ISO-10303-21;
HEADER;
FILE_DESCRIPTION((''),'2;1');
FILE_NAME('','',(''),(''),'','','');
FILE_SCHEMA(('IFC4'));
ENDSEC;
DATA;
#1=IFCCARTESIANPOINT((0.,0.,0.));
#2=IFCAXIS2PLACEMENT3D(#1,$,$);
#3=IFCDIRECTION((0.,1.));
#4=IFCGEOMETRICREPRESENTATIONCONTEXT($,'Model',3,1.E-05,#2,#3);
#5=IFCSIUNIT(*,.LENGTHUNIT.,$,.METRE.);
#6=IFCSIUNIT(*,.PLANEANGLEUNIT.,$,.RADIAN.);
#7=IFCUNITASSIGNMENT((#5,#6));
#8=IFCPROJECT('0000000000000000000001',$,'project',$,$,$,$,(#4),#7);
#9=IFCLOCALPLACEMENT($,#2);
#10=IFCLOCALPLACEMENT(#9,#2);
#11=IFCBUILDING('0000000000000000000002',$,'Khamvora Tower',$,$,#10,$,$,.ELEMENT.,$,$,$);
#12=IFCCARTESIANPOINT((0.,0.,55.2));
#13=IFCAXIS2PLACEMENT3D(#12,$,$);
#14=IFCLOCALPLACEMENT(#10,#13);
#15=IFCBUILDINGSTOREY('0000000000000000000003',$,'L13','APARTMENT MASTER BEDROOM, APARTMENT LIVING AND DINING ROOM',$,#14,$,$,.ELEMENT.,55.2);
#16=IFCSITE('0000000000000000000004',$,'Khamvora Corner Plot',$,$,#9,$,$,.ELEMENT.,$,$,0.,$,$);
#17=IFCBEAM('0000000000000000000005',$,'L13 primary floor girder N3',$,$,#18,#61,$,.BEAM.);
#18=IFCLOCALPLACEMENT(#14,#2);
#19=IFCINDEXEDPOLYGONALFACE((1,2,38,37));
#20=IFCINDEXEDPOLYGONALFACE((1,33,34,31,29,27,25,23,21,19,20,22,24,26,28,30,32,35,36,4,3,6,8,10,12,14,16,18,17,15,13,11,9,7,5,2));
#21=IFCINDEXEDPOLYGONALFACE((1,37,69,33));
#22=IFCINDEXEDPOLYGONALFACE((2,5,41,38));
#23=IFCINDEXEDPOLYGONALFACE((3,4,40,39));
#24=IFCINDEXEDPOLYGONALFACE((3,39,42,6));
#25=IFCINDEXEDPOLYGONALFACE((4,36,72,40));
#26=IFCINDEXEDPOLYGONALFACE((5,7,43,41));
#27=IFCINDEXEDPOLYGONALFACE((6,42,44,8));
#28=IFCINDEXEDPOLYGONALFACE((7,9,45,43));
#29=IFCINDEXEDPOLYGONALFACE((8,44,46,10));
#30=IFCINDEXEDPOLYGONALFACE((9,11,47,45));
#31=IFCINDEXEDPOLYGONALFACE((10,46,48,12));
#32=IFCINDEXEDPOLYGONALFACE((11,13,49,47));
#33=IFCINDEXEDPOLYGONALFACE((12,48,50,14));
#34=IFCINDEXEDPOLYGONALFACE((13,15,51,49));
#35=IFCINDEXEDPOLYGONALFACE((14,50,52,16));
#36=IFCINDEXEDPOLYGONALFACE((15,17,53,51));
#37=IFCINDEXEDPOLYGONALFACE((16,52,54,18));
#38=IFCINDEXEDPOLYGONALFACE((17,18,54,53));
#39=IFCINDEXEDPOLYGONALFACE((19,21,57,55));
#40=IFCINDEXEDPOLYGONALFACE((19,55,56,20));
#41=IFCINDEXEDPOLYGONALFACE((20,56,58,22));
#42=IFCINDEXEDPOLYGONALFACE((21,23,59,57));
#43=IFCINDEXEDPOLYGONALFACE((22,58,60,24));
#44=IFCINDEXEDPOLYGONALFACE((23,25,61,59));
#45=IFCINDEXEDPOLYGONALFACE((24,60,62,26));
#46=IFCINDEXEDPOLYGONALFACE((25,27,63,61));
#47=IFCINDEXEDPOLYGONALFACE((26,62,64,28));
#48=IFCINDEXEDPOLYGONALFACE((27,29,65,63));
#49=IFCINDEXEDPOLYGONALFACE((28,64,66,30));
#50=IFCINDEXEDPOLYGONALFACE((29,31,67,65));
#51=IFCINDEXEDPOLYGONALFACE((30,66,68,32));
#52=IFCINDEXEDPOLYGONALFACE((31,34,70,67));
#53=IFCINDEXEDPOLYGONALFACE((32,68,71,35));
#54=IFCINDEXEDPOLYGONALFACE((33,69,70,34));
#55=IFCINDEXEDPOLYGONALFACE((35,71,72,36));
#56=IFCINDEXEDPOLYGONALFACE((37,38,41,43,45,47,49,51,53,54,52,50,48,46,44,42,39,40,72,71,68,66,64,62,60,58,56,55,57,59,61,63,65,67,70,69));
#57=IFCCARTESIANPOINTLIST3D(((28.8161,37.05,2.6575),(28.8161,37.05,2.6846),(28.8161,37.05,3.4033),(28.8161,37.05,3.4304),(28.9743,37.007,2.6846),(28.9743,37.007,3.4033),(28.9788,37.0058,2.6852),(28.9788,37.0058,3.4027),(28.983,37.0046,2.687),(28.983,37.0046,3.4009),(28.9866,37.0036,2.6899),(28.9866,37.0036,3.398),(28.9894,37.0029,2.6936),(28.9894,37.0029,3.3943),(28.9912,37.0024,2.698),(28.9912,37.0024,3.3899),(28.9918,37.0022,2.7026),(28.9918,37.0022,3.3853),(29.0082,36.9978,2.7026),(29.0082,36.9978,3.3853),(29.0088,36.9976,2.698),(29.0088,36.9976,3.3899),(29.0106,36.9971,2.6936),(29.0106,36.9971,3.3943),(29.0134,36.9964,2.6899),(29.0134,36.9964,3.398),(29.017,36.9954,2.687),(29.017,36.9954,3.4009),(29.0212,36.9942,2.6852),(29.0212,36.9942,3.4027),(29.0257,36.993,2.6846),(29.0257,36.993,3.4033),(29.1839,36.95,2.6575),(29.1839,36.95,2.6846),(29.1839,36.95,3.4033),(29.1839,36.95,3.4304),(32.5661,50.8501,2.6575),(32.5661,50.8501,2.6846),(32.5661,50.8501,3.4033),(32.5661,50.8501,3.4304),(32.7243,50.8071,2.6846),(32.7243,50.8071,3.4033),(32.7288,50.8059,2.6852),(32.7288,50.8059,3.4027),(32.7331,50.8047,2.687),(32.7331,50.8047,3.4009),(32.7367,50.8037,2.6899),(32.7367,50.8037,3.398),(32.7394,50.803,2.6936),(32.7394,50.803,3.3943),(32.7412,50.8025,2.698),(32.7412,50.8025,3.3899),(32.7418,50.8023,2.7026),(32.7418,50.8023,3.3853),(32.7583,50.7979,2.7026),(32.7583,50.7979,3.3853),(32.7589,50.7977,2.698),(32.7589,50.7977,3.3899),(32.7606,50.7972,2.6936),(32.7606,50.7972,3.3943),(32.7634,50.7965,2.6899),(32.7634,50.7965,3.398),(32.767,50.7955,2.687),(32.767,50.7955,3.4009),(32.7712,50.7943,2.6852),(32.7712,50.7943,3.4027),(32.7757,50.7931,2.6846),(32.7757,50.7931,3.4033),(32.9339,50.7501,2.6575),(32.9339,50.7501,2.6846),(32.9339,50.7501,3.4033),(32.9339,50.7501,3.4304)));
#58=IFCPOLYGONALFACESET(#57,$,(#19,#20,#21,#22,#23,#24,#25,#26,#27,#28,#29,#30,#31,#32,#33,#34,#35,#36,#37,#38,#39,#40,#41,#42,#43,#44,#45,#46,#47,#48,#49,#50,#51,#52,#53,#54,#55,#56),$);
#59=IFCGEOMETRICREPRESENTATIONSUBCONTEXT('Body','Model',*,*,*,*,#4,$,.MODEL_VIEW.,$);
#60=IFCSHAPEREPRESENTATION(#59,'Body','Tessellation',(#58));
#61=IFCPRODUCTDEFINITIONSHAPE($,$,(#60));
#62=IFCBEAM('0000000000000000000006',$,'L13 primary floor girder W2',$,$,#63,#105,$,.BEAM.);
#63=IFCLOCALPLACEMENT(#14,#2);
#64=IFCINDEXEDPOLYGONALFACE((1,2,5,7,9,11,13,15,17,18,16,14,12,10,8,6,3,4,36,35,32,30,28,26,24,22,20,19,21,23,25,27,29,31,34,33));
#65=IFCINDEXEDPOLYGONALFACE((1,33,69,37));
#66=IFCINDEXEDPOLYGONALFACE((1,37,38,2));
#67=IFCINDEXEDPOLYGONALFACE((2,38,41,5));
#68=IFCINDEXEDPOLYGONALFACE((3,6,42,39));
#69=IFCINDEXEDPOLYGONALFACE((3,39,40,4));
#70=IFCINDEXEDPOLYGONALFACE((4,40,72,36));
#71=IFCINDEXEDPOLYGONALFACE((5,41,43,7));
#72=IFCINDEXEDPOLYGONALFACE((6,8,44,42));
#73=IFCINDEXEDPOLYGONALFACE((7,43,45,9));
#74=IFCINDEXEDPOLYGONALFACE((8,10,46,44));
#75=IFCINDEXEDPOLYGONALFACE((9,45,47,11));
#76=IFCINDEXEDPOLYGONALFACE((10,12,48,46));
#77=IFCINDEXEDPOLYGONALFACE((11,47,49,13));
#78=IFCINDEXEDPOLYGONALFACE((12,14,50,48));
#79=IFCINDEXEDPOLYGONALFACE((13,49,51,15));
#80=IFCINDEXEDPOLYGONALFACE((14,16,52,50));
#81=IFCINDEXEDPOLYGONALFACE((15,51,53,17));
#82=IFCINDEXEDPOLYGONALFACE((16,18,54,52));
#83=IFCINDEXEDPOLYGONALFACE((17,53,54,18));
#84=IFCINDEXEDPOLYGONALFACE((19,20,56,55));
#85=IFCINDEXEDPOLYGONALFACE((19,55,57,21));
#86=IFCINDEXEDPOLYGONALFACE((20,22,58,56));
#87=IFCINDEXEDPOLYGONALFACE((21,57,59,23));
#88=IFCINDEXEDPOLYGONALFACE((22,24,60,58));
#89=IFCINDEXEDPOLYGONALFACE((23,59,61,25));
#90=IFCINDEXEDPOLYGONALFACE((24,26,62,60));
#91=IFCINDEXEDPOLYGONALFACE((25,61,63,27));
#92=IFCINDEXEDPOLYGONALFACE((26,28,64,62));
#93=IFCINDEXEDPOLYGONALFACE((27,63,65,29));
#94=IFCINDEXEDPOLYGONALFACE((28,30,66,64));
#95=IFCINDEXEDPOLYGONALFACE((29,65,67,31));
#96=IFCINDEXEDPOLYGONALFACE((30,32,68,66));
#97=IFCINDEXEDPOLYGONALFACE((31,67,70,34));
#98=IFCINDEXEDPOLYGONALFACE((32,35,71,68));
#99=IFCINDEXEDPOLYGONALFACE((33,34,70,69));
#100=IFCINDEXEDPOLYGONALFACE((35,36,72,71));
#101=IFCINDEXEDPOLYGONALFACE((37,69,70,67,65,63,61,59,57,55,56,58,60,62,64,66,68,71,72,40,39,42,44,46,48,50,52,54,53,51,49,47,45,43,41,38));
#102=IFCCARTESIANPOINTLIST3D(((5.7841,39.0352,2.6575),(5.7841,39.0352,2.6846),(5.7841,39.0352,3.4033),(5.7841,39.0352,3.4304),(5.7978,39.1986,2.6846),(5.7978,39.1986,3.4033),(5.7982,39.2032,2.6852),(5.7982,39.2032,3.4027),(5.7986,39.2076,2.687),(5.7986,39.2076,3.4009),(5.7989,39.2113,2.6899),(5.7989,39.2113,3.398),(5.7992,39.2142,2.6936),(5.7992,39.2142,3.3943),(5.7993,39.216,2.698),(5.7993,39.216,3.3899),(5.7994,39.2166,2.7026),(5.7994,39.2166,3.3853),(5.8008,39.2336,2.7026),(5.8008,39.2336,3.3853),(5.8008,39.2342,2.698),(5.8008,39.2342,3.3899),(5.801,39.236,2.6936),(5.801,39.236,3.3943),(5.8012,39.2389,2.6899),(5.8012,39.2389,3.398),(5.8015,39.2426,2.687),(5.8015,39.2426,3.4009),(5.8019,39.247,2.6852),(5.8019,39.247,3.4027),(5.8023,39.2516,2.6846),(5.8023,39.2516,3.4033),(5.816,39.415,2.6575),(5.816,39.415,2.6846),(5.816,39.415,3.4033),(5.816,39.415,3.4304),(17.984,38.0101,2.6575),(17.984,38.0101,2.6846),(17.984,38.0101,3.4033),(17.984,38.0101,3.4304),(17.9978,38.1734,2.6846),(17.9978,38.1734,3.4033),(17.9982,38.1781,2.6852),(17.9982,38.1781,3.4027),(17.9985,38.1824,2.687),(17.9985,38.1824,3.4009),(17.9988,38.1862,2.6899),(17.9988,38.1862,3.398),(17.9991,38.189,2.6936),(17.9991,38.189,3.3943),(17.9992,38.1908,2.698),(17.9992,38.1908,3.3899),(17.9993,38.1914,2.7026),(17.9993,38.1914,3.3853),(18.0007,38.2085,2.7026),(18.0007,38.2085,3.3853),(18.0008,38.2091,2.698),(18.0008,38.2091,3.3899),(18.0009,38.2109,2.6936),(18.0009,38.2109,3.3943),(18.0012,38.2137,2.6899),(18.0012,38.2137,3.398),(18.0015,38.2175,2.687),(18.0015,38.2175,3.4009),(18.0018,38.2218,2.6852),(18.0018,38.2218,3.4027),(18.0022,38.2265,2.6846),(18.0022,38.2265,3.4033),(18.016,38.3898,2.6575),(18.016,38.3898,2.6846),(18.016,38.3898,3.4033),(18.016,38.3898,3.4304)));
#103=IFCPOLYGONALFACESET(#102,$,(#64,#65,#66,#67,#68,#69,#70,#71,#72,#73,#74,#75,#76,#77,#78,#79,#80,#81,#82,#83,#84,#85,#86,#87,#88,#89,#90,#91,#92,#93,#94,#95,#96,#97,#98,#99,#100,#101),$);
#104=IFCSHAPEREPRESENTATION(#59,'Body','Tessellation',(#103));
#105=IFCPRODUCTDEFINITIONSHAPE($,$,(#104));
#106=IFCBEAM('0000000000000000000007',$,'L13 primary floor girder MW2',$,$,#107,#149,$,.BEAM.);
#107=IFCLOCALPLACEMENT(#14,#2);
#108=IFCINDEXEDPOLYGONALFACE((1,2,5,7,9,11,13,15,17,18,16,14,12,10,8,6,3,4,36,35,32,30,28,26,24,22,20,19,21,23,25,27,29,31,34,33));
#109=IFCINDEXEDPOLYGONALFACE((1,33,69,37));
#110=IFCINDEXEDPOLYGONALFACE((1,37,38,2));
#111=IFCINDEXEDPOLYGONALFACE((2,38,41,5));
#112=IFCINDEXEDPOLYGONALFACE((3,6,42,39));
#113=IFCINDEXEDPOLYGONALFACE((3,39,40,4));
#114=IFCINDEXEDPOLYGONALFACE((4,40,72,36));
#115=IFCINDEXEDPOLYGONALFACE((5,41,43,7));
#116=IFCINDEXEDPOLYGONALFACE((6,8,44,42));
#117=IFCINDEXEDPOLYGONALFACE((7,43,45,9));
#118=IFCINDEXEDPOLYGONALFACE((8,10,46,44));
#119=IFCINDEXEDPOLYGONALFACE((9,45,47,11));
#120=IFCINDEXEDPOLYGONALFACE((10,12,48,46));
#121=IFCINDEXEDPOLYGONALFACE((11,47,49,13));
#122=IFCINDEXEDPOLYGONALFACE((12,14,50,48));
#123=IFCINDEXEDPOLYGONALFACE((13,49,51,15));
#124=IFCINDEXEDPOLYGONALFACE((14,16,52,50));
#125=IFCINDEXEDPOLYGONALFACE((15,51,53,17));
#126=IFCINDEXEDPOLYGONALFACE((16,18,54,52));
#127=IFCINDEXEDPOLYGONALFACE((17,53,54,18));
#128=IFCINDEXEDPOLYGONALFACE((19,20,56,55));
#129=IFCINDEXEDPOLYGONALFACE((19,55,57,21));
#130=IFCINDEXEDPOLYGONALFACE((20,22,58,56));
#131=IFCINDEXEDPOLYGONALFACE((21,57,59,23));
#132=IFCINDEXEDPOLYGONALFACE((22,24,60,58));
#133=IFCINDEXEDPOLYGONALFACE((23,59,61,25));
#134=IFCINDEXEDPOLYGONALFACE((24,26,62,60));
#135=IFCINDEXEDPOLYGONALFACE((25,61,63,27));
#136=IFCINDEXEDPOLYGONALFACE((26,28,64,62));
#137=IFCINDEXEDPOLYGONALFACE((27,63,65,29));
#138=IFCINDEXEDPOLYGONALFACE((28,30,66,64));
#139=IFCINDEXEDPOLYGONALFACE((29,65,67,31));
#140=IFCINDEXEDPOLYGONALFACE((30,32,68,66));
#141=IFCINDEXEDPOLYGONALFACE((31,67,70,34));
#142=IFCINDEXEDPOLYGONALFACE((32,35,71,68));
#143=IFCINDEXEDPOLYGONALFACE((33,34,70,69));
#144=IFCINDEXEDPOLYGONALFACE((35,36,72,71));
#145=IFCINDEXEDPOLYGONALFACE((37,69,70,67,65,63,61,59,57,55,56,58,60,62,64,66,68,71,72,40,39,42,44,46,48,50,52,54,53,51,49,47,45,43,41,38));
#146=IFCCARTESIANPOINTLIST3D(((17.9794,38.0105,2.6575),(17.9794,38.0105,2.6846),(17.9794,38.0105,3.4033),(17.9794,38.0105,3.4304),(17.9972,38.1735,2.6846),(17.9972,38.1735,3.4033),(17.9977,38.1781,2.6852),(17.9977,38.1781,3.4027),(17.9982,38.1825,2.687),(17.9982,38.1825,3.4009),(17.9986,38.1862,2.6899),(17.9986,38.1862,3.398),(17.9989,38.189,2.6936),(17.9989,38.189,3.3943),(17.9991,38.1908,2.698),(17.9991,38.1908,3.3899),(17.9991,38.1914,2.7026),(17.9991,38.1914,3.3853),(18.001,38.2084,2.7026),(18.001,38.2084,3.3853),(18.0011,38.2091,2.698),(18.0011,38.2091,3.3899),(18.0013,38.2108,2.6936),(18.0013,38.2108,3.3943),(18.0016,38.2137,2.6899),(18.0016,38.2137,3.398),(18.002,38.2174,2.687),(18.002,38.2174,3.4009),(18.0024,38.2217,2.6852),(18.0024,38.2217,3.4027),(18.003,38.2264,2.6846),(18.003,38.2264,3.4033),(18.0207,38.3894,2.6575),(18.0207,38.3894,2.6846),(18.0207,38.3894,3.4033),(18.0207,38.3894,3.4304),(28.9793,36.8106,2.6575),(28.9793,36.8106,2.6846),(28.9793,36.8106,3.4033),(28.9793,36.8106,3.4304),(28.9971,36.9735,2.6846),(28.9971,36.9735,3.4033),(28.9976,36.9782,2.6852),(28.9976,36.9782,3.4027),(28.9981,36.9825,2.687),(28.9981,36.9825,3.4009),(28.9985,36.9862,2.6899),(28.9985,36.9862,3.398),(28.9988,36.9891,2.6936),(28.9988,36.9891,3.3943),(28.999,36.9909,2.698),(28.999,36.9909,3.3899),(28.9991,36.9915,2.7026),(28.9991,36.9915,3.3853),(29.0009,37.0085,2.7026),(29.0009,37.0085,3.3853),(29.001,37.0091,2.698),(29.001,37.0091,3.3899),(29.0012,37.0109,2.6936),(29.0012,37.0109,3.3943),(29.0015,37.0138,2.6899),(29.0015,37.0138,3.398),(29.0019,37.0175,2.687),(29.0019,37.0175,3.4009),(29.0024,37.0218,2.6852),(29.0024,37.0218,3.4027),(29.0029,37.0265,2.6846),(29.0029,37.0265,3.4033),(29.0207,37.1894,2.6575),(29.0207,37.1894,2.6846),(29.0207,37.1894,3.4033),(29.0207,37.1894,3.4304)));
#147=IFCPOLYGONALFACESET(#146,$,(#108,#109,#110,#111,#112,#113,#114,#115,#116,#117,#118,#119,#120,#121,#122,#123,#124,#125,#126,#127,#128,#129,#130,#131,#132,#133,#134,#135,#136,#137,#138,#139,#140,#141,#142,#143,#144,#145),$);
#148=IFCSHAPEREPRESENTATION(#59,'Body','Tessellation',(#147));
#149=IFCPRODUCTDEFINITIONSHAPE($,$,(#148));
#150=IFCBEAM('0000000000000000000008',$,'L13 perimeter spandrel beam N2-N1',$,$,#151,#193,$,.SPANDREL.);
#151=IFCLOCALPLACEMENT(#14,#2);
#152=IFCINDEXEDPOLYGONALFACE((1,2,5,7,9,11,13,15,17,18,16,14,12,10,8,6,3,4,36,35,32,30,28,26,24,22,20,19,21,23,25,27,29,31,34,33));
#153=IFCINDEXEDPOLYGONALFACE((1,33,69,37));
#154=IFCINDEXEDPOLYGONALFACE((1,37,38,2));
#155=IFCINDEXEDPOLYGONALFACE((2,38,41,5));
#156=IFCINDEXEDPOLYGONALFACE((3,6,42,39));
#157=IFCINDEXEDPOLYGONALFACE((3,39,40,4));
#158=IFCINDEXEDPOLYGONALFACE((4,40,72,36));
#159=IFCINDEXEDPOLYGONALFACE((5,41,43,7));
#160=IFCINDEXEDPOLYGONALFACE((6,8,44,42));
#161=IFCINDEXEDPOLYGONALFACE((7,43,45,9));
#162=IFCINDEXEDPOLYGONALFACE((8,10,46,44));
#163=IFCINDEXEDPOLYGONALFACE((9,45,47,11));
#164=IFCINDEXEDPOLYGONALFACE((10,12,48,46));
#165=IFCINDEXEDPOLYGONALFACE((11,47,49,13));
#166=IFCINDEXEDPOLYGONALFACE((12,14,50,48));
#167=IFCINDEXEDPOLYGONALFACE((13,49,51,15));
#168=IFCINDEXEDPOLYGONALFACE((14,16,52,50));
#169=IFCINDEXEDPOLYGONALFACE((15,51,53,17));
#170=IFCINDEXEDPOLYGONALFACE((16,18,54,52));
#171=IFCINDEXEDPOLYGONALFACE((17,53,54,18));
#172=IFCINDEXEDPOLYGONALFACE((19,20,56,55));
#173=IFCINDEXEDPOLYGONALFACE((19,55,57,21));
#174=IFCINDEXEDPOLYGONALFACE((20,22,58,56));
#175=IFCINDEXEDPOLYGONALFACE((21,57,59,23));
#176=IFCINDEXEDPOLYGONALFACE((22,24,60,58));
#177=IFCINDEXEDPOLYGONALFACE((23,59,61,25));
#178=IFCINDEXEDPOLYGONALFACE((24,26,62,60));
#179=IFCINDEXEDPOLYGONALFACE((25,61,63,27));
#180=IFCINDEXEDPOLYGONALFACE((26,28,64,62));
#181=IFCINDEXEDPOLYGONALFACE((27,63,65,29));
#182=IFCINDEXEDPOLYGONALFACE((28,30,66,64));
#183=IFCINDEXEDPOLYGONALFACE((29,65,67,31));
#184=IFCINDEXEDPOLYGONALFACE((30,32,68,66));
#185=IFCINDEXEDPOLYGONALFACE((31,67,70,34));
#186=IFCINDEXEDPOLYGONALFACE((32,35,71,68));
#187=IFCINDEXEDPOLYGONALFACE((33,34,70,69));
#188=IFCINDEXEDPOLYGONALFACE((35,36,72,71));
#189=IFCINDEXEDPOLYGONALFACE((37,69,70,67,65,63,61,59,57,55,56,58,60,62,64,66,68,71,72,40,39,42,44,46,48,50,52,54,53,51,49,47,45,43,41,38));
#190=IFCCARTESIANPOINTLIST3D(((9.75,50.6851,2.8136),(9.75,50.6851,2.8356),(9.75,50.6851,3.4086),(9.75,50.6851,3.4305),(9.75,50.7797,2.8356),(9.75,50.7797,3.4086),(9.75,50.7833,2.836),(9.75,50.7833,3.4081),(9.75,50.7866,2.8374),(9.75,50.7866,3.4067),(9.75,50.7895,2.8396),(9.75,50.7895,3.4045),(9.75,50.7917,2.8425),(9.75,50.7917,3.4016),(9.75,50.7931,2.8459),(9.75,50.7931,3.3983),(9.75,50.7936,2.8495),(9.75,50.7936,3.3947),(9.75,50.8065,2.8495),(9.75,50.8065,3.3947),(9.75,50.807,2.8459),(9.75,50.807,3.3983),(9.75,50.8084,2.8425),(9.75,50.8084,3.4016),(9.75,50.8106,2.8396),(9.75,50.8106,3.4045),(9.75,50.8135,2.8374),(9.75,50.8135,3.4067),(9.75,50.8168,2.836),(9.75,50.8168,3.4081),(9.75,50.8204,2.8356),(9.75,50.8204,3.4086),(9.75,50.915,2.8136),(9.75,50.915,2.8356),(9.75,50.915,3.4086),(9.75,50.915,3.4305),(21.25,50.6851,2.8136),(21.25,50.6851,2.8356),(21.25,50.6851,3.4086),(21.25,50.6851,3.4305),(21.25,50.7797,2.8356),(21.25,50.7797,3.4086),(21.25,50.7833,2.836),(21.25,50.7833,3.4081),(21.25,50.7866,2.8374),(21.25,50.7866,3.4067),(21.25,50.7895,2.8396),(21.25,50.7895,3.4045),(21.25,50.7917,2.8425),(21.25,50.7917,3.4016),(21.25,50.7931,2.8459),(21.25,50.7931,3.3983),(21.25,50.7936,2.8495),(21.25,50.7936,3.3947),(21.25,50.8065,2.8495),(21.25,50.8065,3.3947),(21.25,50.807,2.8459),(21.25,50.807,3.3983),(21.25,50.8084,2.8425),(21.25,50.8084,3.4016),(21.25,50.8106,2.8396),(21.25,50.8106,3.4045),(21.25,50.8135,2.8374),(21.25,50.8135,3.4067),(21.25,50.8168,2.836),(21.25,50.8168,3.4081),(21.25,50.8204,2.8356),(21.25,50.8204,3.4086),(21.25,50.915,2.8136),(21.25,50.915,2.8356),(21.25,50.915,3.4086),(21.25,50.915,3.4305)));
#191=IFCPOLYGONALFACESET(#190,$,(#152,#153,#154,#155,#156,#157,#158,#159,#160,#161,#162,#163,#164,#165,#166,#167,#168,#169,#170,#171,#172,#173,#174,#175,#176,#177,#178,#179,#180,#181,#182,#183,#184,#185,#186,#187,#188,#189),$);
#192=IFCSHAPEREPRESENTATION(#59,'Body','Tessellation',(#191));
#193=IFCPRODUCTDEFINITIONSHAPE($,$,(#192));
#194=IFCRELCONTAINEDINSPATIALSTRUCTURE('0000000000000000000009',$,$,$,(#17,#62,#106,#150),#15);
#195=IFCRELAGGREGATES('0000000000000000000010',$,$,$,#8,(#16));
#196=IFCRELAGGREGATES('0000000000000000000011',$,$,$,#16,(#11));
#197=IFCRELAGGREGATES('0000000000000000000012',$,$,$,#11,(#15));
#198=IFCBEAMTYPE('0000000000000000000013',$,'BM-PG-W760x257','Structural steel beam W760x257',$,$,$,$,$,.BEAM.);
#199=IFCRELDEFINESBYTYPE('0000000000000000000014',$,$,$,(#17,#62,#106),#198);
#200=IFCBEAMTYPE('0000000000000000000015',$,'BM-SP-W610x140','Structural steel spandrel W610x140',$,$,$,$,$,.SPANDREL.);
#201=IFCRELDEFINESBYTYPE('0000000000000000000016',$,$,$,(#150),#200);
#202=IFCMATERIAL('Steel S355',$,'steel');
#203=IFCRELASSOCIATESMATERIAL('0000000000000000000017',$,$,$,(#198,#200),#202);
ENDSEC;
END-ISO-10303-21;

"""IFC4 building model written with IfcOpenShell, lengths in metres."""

from ifc_helpers import new_model, si_unit, direction, frame, origin, origin_2d, place, context, subcontext, project, spatial, i_section, extrude, material, material_profile, profile_set, type_object, element, save


model = new_model("IFC4")

# Units and contexts
model_context = context("Model", 3, precision=1e-05, world=origin(), true_north=direction((0.0, 1.0)))
body_context = subcontext(model_context, "Body", "Model", "MODEL_VIEW")
ifc_project = project(units=[si_unit("LENGTHUNIT", "METRE"), si_unit("PLANEANGLEUNIT", "RADIAN")], contexts=[model_context])

# Site, building, storey
site_placement = place(None, origin())
site = spatial("IfcSite", under=ifc_project, at=site_placement, Name="Khamvora Corner Plot", CompositionType="ELEMENT", RefElevation=0.0)
building_placement = place(site_placement, origin())
building = spatial("IfcBuilding", under=site, at=building_placement, Name="Khamvora Tower", CompositionType="ELEMENT")
storey_placement = place(building_placement, frame((0.0, 0.0, 55.2)))
storey = spatial("IfcBuildingStorey", under=building, at=storey_placement, Name="L13", Description="APARTMENT MASTER BEDROOM, APARTMENT LIVING AND DINING ROOM", CompositionType="ELEMENT", Elevation=55.2)

# Beams
ifc_material_1 = material(Name="Steel S355", Category="steel")
ifc_material_profile_1 = material_profile(ifc_material_1, i_section(OverallWidth=0.3811, OverallDepth=0.7729, WebThickness=0.0171, FlangeThickness=0.0271, FilletRadius=0.0181, at=origin_2d()), Name="W760x257")
ifc_profile_set_1 = profile_set([ifc_material_profile_1], Name="Steel S355")
beam_type_1 = type_object("IfcBeamType", Name="BM-PG-W760x257", Description="Structural steel beam W760x257", PredefinedType="BEAM", material=ifc_profile_set_1)
beam_1_placement = place(storey_placement, frame((29.0, 37.0, 3.0439), z_axis=(0.262229, 0.965006, 0.0), x_axis=(-0.965006, 0.262229, 0.0)))
element("IfcBeam", 1, at=beam_1_placement, inside=storey, type_object=beam_type_1, Name="L13 primary floor girder N3", PredefinedType="BEAM", context=body_context, shape_type="SweptSolid", body=[
    extrude(i_section(OverallWidth=0.3811, OverallDepth=0.7729, WebThickness=0.0171, FlangeThickness=0.0271, FilletRadius=0.0181, at=origin_2d()), origin(), (0.0, 0.0, 1.0), 14.3005),
])
beam_2_placement = place(storey_placement, frame((18.0, 38.2, 3.0439), z_axis=(-0.996488, 0.083734, 0.0), x_axis=(-0.083734, -0.996488, 0.0)))
element("IfcBeam", 2, at=beam_2_placement, inside=storey, type_object=beam_type_1, Name="L13 primary floor girder W2", PredefinedType="BEAM", context=body_context, shape_type="SweptSolid", body=[
    extrude(i_section(OverallWidth=0.3811, OverallDepth=0.7729, WebThickness=0.0171, FlangeThickness=0.0271, FilletRadius=0.0181, at=origin_2d()), origin(), (0.0, 0.0, 1.0), 12.2429),
])
beam_3_placement = place(storey_placement, frame((29.0, 37.0, 3.0439), z_axis=(-0.994103, 0.108443, 0.0), x_axis=(-0.108443, -0.994103, 0.0)))
element("IfcBeam", 3, at=beam_3_placement, inside=storey, type_object=beam_type_1, Name="L13 primary floor girder MW2", PredefinedType="BEAM", context=body_context, shape_type="SweptSolid", body=[
    extrude(i_section(OverallWidth=0.3811, OverallDepth=0.7729, WebThickness=0.0171, FlangeThickness=0.0271, FilletRadius=0.0181, at=origin_2d()), origin(), (0.0, 0.0, 1.0), 11.0652),
])
ifc_material_profile_2 = material_profile(ifc_material_1, i_section(OverallWidth=0.23, OverallDepth=0.6169, WebThickness=0.0129, FlangeThickness=0.022, FilletRadius=0.0139, at=origin_2d()), Name="W610x140")
ifc_profile_set_2 = profile_set([ifc_material_profile_2], Name="Steel S355")
beam_type_2 = type_object("IfcBeamType", Name="BM-SP-W610x140", Description="Structural steel spandrel W610x140", PredefinedType="SPANDREL", material=ifc_profile_set_2)
beam_4_placement = place(storey_placement, frame((21.25, 50.8, 3.1221), z_axis=(-1.0, 0.0, 0.0), x_axis=(0.0, -1.0, 0.0)))
element("IfcBeam", 4, at=beam_4_placement, inside=storey, type_object=beam_type_2, Name="L13 perimeter spandrel beam N2-N1", PredefinedType="SPANDREL", context=body_context, shape_type="SweptSolid", body=[
    extrude(i_section(OverallWidth=0.23, OverallDepth=0.6169, WebThickness=0.0129, FlangeThickness=0.022, FilletRadius=0.0139, at=origin_2d()), origin(), (0.0, 0.0, 1.0), 11.5),
])

save(model, "model.ifc")
